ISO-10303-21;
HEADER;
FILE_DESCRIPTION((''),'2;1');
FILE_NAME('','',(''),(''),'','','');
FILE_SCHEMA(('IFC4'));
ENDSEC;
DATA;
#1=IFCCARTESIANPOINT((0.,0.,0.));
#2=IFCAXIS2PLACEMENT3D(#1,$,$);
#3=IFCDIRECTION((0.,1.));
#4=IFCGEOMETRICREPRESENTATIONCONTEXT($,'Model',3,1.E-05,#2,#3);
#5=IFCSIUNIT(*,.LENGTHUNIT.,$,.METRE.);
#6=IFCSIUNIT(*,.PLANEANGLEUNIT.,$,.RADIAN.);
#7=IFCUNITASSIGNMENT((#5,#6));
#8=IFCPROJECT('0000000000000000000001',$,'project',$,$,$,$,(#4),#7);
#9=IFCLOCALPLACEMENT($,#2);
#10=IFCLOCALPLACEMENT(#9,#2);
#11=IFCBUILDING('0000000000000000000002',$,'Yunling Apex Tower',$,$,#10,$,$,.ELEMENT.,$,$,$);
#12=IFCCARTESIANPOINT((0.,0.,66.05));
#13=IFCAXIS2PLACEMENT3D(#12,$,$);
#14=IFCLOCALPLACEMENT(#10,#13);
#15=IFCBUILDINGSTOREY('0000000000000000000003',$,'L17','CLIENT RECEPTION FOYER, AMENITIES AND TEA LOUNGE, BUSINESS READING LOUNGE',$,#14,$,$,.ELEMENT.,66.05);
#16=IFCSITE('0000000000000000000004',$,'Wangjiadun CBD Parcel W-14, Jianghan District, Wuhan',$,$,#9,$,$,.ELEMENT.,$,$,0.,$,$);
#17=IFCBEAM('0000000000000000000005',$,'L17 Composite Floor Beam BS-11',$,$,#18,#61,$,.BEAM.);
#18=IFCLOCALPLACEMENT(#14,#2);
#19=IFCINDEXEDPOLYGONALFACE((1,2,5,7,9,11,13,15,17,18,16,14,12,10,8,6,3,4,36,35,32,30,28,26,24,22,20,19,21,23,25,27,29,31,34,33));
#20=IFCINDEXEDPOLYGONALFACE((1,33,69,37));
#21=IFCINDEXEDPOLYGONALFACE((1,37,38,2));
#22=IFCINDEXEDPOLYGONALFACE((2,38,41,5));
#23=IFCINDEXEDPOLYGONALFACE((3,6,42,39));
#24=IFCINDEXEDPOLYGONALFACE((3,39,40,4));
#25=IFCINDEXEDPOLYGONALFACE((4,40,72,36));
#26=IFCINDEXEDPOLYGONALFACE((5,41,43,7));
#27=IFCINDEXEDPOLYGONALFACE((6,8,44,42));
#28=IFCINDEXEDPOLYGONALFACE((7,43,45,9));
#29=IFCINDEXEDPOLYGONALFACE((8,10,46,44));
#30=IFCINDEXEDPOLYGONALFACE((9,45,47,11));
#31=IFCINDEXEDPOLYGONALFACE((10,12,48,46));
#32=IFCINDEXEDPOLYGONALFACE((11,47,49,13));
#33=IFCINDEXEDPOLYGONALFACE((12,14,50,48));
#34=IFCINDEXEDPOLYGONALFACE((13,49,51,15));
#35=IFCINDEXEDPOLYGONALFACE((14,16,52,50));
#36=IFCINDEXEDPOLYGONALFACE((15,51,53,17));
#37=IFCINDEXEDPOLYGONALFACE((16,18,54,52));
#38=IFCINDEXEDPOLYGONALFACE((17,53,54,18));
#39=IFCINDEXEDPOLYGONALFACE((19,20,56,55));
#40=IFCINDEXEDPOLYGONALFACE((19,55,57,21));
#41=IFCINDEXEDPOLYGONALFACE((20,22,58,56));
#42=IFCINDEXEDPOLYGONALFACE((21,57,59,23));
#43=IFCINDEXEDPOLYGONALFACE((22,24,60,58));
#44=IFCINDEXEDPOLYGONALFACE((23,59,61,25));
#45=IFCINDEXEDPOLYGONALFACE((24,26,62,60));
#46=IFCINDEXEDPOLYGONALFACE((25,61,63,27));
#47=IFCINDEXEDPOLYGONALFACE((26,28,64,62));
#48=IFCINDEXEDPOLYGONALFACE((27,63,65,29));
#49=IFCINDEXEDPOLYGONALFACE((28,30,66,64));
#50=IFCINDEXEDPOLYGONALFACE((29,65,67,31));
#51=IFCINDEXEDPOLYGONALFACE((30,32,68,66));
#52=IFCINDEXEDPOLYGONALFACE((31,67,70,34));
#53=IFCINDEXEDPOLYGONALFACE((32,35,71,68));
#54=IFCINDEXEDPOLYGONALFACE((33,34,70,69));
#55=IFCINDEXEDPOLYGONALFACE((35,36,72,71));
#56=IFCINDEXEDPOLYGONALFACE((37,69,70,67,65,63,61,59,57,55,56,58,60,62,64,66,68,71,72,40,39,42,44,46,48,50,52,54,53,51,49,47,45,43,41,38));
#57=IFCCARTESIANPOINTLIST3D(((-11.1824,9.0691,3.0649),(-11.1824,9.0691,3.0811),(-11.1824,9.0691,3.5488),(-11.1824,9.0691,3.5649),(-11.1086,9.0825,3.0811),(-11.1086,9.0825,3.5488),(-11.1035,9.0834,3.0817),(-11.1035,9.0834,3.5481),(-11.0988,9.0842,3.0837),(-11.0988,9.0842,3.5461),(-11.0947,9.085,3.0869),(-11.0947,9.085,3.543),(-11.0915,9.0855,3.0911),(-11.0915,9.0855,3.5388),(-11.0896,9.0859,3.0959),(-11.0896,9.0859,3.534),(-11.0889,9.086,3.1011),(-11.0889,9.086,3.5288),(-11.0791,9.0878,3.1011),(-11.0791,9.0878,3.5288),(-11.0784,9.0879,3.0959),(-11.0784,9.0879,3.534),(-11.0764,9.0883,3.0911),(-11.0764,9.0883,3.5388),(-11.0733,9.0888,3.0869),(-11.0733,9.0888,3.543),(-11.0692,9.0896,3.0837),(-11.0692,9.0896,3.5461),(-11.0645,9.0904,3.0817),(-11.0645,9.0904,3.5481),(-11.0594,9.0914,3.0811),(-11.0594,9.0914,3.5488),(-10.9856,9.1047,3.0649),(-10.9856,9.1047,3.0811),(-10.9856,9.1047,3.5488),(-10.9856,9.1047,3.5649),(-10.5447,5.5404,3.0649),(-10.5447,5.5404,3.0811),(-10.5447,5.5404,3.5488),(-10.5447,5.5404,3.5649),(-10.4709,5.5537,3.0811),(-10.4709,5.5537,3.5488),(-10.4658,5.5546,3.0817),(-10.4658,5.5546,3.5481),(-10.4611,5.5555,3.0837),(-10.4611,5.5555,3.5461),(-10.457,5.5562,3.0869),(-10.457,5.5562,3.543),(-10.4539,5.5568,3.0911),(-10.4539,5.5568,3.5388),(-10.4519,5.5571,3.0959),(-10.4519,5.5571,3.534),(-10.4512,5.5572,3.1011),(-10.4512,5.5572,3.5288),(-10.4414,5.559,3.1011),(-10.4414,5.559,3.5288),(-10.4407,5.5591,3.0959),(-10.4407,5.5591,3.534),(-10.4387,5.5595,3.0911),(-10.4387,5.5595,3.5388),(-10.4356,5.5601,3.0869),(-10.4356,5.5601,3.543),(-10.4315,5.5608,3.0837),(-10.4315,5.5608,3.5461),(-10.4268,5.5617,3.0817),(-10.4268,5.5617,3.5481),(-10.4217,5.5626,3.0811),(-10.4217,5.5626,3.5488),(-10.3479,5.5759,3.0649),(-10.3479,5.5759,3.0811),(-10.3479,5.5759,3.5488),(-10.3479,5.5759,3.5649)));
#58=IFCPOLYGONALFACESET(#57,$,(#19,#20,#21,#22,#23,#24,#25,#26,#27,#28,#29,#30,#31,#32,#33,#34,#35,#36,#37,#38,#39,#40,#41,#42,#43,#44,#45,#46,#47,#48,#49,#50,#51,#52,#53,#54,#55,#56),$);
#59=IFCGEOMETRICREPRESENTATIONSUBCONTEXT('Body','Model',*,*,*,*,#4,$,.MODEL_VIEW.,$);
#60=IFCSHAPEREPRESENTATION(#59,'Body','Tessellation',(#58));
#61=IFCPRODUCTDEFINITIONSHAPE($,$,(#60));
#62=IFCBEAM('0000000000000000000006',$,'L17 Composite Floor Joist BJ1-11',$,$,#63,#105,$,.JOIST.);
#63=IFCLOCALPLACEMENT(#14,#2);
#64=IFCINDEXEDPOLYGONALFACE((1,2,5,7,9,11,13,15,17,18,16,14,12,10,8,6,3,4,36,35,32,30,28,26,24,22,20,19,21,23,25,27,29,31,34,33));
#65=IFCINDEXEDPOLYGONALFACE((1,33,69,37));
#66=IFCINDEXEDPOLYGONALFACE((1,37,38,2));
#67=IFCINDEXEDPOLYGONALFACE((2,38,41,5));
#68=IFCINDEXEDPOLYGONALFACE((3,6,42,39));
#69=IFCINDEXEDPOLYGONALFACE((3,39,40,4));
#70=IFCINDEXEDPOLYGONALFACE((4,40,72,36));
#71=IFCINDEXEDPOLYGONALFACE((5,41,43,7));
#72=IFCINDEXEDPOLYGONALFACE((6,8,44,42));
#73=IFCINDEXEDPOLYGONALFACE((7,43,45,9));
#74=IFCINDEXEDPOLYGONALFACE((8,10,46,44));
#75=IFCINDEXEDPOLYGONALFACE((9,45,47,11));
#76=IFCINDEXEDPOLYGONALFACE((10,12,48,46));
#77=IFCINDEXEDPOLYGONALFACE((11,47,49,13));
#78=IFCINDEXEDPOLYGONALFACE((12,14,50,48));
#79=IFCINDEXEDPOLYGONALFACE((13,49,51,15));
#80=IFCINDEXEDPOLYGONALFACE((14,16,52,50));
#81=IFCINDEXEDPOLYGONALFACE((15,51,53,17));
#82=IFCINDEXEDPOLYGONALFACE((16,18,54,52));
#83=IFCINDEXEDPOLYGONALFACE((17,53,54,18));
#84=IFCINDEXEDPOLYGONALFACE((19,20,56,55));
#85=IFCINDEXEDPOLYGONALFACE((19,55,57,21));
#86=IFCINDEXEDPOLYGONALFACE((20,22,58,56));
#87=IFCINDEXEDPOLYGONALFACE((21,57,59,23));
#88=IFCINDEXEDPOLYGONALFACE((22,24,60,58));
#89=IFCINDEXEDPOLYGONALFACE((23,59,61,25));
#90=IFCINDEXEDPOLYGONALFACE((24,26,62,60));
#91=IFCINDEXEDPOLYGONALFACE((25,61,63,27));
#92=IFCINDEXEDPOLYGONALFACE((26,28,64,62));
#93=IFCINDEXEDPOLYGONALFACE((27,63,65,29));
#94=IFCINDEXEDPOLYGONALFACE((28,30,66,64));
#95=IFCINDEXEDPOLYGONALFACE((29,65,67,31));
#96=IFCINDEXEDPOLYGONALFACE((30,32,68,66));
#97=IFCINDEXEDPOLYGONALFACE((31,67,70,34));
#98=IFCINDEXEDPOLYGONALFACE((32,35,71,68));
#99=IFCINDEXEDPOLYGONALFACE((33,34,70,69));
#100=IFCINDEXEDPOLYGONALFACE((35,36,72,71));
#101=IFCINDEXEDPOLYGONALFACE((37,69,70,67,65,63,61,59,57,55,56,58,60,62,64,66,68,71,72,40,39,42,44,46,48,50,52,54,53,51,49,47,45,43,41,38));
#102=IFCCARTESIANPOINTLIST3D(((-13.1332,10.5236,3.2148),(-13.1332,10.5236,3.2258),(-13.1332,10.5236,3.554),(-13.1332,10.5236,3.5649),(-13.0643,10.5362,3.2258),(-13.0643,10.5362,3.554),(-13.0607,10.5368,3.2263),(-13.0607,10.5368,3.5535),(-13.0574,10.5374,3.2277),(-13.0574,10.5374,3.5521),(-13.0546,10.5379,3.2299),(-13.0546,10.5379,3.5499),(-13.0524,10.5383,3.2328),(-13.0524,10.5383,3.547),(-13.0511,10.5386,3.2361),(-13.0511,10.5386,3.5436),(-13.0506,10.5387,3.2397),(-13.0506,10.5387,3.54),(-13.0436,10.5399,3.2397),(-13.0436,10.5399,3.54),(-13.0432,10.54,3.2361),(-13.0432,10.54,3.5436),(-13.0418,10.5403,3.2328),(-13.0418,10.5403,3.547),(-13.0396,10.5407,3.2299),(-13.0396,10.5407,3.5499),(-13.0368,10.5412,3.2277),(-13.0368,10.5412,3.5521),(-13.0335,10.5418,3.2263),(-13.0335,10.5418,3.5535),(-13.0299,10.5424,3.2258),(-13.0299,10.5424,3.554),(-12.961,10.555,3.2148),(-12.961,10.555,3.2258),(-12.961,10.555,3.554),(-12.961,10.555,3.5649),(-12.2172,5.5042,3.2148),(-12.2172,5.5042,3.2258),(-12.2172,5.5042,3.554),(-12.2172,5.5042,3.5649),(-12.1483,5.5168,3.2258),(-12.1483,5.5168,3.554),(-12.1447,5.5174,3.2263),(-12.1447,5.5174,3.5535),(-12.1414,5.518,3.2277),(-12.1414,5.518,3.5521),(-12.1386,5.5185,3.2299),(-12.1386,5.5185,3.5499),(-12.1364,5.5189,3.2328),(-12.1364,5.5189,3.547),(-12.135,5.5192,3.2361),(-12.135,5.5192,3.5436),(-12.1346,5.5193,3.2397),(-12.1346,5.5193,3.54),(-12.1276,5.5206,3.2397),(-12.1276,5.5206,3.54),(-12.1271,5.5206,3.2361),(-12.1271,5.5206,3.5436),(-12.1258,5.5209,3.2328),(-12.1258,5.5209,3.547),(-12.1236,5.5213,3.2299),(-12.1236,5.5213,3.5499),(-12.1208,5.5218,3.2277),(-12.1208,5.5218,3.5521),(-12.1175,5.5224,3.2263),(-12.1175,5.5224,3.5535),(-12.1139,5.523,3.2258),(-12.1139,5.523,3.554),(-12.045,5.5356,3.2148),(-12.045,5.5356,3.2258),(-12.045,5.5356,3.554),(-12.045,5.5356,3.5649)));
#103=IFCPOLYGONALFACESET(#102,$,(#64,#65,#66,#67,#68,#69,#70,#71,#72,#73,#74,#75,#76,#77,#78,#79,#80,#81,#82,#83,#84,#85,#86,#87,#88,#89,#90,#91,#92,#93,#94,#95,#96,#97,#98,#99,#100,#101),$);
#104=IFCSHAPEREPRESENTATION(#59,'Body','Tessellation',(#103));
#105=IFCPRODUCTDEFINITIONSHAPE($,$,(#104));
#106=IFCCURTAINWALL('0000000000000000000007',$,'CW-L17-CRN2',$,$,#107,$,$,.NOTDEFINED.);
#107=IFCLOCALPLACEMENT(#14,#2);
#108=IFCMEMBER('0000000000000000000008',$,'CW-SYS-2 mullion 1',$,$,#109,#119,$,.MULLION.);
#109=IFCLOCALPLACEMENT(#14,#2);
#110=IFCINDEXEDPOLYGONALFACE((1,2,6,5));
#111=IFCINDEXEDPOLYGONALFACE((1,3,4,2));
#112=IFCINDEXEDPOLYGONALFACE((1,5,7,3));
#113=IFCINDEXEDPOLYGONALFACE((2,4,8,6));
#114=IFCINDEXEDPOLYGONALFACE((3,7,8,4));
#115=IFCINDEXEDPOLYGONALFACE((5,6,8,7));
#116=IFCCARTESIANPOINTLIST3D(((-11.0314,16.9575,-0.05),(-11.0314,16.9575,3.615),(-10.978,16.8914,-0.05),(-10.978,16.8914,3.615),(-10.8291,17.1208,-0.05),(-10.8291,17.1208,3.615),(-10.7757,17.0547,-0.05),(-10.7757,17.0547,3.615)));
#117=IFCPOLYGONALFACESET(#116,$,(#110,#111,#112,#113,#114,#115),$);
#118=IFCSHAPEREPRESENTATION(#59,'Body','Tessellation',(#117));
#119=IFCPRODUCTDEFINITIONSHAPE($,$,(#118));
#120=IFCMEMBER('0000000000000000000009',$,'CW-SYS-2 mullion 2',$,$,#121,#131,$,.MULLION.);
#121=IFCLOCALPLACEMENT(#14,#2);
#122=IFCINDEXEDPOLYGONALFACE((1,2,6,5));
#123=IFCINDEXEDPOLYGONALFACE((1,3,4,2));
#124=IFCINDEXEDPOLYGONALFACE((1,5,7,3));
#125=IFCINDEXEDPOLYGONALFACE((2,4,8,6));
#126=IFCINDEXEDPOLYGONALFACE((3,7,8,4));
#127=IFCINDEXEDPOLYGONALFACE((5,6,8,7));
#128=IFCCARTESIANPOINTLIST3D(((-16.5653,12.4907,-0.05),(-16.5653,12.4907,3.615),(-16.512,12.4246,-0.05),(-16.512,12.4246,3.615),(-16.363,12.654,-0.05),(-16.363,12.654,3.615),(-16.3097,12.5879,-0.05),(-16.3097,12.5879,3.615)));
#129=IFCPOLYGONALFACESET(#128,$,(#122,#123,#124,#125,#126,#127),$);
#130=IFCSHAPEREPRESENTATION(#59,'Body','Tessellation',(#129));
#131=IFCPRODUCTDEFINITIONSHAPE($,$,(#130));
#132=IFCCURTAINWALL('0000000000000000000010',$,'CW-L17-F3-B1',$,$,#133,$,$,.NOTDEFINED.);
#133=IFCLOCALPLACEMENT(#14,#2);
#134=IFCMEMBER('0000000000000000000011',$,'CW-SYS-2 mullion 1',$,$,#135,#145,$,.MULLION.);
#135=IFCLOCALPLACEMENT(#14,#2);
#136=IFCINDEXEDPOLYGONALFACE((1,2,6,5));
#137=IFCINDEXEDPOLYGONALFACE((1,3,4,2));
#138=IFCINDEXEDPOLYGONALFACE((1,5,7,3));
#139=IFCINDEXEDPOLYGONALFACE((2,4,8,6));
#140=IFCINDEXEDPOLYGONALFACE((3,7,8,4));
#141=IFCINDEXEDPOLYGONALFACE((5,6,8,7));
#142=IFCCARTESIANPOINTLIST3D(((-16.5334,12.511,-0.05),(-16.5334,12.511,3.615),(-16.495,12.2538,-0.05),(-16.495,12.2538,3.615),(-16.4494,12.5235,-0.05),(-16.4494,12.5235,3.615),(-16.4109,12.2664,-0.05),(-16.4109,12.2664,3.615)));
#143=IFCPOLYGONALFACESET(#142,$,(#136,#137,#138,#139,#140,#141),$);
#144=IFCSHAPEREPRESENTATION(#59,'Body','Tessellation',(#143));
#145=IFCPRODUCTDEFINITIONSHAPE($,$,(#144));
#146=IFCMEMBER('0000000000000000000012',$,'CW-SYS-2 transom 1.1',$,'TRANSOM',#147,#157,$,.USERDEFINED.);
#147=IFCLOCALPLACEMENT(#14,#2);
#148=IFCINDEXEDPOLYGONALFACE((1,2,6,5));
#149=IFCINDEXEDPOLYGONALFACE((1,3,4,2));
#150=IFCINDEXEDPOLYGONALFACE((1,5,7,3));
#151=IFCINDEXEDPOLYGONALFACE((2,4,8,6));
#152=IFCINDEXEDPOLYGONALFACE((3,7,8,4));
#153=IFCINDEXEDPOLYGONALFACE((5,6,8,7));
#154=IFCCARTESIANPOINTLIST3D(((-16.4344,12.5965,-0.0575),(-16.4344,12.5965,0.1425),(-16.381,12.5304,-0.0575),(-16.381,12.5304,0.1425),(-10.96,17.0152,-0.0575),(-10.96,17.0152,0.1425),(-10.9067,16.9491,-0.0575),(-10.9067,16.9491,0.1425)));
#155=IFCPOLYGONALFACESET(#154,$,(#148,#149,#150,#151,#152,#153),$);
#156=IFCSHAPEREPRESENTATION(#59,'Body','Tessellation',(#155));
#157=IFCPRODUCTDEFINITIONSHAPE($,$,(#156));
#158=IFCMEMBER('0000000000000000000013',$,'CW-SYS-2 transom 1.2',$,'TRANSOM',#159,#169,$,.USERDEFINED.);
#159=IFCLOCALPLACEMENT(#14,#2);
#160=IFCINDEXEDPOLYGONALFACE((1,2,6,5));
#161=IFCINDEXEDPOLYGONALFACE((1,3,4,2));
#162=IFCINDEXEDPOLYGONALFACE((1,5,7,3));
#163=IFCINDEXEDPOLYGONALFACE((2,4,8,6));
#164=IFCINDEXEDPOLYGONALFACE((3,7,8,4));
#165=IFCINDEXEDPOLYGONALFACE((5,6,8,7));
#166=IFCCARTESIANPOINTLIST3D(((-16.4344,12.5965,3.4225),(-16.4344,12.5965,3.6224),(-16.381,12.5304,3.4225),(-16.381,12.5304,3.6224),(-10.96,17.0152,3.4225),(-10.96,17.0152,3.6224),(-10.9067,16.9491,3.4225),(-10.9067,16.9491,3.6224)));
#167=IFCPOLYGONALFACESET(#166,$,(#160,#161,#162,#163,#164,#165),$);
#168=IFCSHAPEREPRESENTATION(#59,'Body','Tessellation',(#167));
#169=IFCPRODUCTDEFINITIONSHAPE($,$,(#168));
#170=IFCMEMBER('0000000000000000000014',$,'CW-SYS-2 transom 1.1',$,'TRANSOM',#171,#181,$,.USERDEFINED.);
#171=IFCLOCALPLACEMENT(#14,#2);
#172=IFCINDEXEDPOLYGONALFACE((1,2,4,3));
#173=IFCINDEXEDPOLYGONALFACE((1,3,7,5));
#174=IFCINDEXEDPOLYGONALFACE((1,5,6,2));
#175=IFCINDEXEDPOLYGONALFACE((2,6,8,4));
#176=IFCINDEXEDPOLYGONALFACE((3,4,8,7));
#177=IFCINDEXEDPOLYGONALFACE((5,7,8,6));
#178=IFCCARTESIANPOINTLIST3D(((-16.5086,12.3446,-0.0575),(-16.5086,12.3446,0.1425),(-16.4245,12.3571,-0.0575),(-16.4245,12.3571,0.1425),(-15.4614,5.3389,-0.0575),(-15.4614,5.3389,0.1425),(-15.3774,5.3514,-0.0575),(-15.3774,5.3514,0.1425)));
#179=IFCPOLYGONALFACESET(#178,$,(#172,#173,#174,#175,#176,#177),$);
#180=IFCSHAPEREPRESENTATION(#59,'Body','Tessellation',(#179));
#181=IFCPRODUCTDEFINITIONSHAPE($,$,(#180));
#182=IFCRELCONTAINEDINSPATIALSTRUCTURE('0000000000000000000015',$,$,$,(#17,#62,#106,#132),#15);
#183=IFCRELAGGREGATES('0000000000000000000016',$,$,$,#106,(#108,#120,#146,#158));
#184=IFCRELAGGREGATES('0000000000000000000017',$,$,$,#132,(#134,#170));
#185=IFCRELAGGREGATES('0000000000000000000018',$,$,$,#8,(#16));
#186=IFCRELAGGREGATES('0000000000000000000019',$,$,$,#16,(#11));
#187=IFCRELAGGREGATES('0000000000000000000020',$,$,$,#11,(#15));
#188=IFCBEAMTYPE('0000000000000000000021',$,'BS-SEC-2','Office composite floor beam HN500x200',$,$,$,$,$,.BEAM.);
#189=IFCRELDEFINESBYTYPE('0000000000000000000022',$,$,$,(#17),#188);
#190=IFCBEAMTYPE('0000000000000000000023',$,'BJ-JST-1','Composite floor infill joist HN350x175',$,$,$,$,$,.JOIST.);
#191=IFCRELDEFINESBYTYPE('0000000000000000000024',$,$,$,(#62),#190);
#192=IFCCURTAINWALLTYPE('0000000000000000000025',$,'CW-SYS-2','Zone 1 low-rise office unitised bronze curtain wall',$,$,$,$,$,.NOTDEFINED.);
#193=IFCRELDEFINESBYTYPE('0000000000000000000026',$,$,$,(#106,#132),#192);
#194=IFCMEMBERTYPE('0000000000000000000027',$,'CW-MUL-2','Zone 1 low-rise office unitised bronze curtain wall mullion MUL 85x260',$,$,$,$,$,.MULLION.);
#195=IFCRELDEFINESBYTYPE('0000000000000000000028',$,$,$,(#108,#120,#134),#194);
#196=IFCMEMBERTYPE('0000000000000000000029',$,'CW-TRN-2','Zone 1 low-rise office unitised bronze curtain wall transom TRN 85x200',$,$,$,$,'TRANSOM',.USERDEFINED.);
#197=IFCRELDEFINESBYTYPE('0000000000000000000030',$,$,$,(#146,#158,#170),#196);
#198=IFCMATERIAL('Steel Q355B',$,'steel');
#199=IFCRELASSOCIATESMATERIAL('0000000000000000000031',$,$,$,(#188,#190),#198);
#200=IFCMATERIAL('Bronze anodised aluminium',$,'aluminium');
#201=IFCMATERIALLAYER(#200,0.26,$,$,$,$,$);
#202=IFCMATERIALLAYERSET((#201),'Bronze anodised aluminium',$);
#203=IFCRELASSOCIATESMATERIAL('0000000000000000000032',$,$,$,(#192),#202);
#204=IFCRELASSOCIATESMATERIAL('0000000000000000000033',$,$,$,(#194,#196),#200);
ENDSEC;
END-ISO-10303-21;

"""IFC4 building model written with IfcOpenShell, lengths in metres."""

from ifc_helpers import new_model, si_unit, direction, frame, origin, origin_2d, place, context, subcontext, project, spatial, rectangle, i_section, extrude, source, transform, mapped, material, layer, layer_set, material_profile, profile_set, type_object, element, aggregate, save


model = new_model("IFC4")

# Units and contexts
model_context = context("Model", 3, precision=1e-05, world=origin(), true_north=direction((0.0, 1.0)))
body_context = subcontext(model_context, "Body", "Model", "MODEL_VIEW")
ifc_project = project(units=[si_unit("LENGTHUNIT", "METRE"), si_unit("PLANEANGLEUNIT", "RADIAN")], contexts=[model_context])

# Site, building, storey
site_placement = place(None, origin())
site = spatial("IfcSite", under=ifc_project, at=site_placement, Name="Wangjiadun CBD Parcel W-14, Jianghan District, Wuhan", CompositionType="ELEMENT", RefElevation=0.0)
building_placement = place(site_placement, origin())
building = spatial("IfcBuilding", under=site, at=building_placement, Name="Yunling Apex Tower", CompositionType="ELEMENT")
storey_placement = place(building_placement, frame((0.0, 0.0, 66.05)))
storey = spatial("IfcBuildingStorey", under=building, at=storey_placement, Name="L17", Description="CLIENT RECEPTION FOYER, AMENITIES AND TEA LOUNGE, BUSINESS READING LOUNGE", CompositionType="ELEMENT", Elevation=66.05)

# Beams
ifc_material_1 = material(Name="Steel Q355B", Category="steel")
ifc_material_profile_1 = material_profile(ifc_material_1, i_section(OverallWidth=0.2, OverallDepth=0.5, WebThickness=0.01, FlangeThickness=0.0161, FilletRadius=0.02, at=origin_2d()))
ifc_profile_set_1 = profile_set([ifc_material_profile_1], Name="Steel Q355B")
beam_type_1 = type_object("IfcBeamType", Name="BS-SEC-2", Description="Office composite floor beam HN500x200", PredefinedType="BEAM", material=ifc_profile_set_1)
shared_shape_1 = source(origin(), body_context, "Body", "SweptSolid", [
    extrude(i_section(OverallWidth=0.2, OverallDepth=0.5, WebThickness=0.01, FlangeThickness=0.0161, FilletRadius=0.02, at=origin_2d()), origin(), (0.0, 0.0, 1.0), 3.5859),
])
beam_1_placement = place(storey_placement, frame((-11.084, 9.0869, 3.3149), z_axis=(0.177831, -0.984061, 0.0), x_axis=(0.984061, 0.177831, 0.0)))
element("IfcBeam", 1, at=beam_1_placement, inside=storey, type_object=beam_type_1, Name="L17 Composite Floor Beam BS-11", PredefinedType="BEAM", context=body_context, shape_type="MappedRepresentation", body=[
    mapped(shared_shape_1, transform((0.0, 0.0, 0.0), scale=1.0)),
])
ifc_material_profile_2 = material_profile(ifc_material_1, i_section(OverallWidth=0.175, OverallDepth=0.3501, WebThickness=0.0071, FlangeThickness=0.011, FilletRadius=0.0139, at=origin_2d()))
ifc_profile_set_2 = profile_set([ifc_material_profile_2], Name="Steel Q355B")
beam_type_2 = type_object("IfcBeamType", Name="BJ-JST-1", Description="Composite floor infill joist HN350x175", PredefinedType="JOIST", material=ifc_profile_set_2)
shared_shape_2 = source(origin(), body_context, "Body", "SweptSolid", [
    extrude(i_section(OverallWidth=0.175, OverallDepth=0.3501, WebThickness=0.0071, FlangeThickness=0.011, FilletRadius=0.0139, at=origin_2d()), origin(), (0.0, 0.0, 1.0), 5.1023),
])
beam_2_placement = place(storey_placement, frame((-13.0471, 10.5393, 3.3899), z_axis=(0.179534, -0.983752, 0.0), x_axis=(0.983752, 0.179534, 0.0)))
element("IfcBeam", 2, at=beam_2_placement, inside=storey, type_object=beam_type_2, Name="L17 Composite Floor Joist BJ1-11", PredefinedType="JOIST", context=body_context, shape_type="MappedRepresentation", body=[
    mapped(shared_shape_2, transform((0.0, 0.0, 0.0), scale=1.0)),
])

# Curtain wall, members
ifc_material_2 = material(Name="Bronze anodised aluminium", Category="aluminium")
ifc_layer_1 = layer(ifc_material_2, 0.26)
ifc_layer_set_1 = layer_set([ifc_layer_1], Name="Bronze anodised aluminium")
curtain_wall_type = type_object("IfcCurtainWallType", Name="CW-SYS-2", Description="Zone 1 low-rise office unitised bronze curtain wall", PredefinedType="NOTDEFINED", material=ifc_layer_set_1)
curtain_wall_1_placement = place(storey_placement, origin())
curtain_wall_1 = element("IfcCurtainWall", 3, at=curtain_wall_1_placement, inside=storey, type_object=curtain_wall_type, Name="CW-L17-CRN2", PredefinedType="NOTDEFINED")
ifc_material_profile_3 = material_profile(ifc_material_2, rectangle(XDim=0.085, YDim=0.26, at=origin_2d()))
ifc_profile_set_3 = profile_set([ifc_material_profile_3], Name="Bronze anodised aluminium")
member_type_1 = type_object("IfcMemberType", Name="CW-MUL-2", Description="Zone 1 low-rise office unitised bronze curtain wall mullion MUL 85x260", PredefinedType="MULLION", material=ifc_profile_set_3)
shared_shape_3 = source(origin(), body_context, "Body", "SweptSolid", [
    extrude(rectangle(XDim=0.085, YDim=0.26, at=origin_2d()), origin(), (0.0, 0.0, 1.0), 3.665),
])
member_1_placement = place(storey_placement, frame((-10.9036, 17.0061, -0.05), z_axis=(0.0, 0.0, 1.0), x_axis=(0.62808, -0.778149, 0.0)))
member_1 = element("IfcMember", 4, at=member_1_placement, type_object=member_type_1, Name="CW-SYS-2 mullion 1", PredefinedType="MULLION", context=body_context, shape_type="MappedRepresentation", body=[
    mapped(shared_shape_3, transform((0.0, 0.0, 0.0), scale=1.0)),
])
member_2_placement = place(storey_placement, frame((-16.4375, 12.5393, -0.05), z_axis=(0.0, 0.0, 1.0), x_axis=(0.62808, -0.778149, 0.0)))
member_2 = element("IfcMember", 5, at=member_2_placement, type_object=member_type_1, Name="CW-SYS-2 mullion 2", PredefinedType="MULLION", context=body_context, shape_type="MappedRepresentation", body=[
    mapped(shared_shape_3, transform((0.0, 0.0, 0.0), scale=1.0)),
])

# Curtain wall, member
curtain_wall_2_placement = place(storey_placement, origin())
curtain_wall_2 = element("IfcCurtainWall", 6, at=curtain_wall_2_placement, inside=storey, type_object=curtain_wall_type, Name="CW-L17-F3-B1", PredefinedType="NOTDEFINED")
member_3_placement = place(storey_placement, frame((-16.4722, 12.3887, -0.05), z_axis=(0.0, 0.0, 1.0), x_axis=(0.989017, 0.147799, 0.0)))
member_3 = element("IfcMember", 7, at=member_3_placement, type_object=member_type_1, Name="CW-SYS-2 mullion 1", PredefinedType="MULLION", context=body_context, shape_type="MappedRepresentation", body=[
    mapped(shared_shape_3, transform((0.0, 0.0, 0.0), scale=1.0)),
])

# Members
ifc_material_profile_4 = material_profile(ifc_material_2, rectangle(XDim=0.085, YDim=0.2, at=origin_2d()))
ifc_profile_set_4 = profile_set([ifc_material_profile_4], Name="Bronze anodised aluminium")
member_type_2 = type_object("IfcMemberType", Name="CW-TRN-2", Description="Zone 1 low-rise office unitised bronze curtain wall transom TRN 85x200", ElementType="TRANSOM", PredefinedType="USERDEFINED", material=ifc_profile_set_4)
shared_shape_4 = source(origin(), body_context, "Body", "SweptSolid", [
    extrude(rectangle(XDim=0.085, YDim=0.2, at=origin_2d()), origin(), (0.0, 0.0, 1.0), 7.0352),
])
member_4_placement = place(storey_placement, frame((-10.9333, 16.9822, 0.0425), z_axis=(-0.778143, -0.628087, 0.0), x_axis=(0.628087, -0.778143, 0.0)))
member_4 = element("IfcMember", 8, at=member_4_placement, type_object=member_type_2, Name="CW-SYS-2 transom 1.1", ObjectType="TRANSOM", PredefinedType="USERDEFINED", context=body_context, shape_type="MappedRepresentation", body=[
    mapped(shared_shape_4, transform((0.0, 0.0, 0.0), scale=1.0)),
])
member_5_placement = place(storey_placement, frame((-10.9333, 16.9822, 3.5225), z_axis=(-0.778143, -0.628087, 0.0), x_axis=(0.628087, -0.778143, 0.0)))
member_5 = element("IfcMember", 9, at=member_5_placement, type_object=member_type_2, Name="CW-SYS-2 transom 1.2", ObjectType="TRANSOM", PredefinedType="USERDEFINED", context=body_context, shape_type="MappedRepresentation", body=[
    mapped(shared_shape_4, transform((0.0, 0.0, 0.0), scale=1.0)),
])
shared_shape_5 = source(origin(), body_context, "Body", "SweptSolid", [
    extrude(rectangle(XDim=0.085, YDim=0.2, at=origin_2d()), origin(), (0.0, 0.0, 1.0), 7.0835),
])
member_6_placement = place(storey_placement, frame((-16.4666, 12.3508, 0.0425), z_axis=(0.147826, -0.989013, 0.0), x_axis=(0.989013, 0.147826, 0.0)))
member_6 = element("IfcMember", 10, at=member_6_placement, type_object=member_type_2, Name="CW-SYS-2 transom 1.1", ObjectType="TRANSOM", PredefinedType="USERDEFINED", context=body_context, shape_type="MappedRepresentation", body=[
    mapped(shared_shape_5, transform((0.0, 0.0, 0.0), scale=1.0)),
])

aggregate(curtain_wall_1, [member_1, member_2, member_4, member_5])
aggregate(curtain_wall_2, [member_3, member_6])

save(model, "model.ifc")
